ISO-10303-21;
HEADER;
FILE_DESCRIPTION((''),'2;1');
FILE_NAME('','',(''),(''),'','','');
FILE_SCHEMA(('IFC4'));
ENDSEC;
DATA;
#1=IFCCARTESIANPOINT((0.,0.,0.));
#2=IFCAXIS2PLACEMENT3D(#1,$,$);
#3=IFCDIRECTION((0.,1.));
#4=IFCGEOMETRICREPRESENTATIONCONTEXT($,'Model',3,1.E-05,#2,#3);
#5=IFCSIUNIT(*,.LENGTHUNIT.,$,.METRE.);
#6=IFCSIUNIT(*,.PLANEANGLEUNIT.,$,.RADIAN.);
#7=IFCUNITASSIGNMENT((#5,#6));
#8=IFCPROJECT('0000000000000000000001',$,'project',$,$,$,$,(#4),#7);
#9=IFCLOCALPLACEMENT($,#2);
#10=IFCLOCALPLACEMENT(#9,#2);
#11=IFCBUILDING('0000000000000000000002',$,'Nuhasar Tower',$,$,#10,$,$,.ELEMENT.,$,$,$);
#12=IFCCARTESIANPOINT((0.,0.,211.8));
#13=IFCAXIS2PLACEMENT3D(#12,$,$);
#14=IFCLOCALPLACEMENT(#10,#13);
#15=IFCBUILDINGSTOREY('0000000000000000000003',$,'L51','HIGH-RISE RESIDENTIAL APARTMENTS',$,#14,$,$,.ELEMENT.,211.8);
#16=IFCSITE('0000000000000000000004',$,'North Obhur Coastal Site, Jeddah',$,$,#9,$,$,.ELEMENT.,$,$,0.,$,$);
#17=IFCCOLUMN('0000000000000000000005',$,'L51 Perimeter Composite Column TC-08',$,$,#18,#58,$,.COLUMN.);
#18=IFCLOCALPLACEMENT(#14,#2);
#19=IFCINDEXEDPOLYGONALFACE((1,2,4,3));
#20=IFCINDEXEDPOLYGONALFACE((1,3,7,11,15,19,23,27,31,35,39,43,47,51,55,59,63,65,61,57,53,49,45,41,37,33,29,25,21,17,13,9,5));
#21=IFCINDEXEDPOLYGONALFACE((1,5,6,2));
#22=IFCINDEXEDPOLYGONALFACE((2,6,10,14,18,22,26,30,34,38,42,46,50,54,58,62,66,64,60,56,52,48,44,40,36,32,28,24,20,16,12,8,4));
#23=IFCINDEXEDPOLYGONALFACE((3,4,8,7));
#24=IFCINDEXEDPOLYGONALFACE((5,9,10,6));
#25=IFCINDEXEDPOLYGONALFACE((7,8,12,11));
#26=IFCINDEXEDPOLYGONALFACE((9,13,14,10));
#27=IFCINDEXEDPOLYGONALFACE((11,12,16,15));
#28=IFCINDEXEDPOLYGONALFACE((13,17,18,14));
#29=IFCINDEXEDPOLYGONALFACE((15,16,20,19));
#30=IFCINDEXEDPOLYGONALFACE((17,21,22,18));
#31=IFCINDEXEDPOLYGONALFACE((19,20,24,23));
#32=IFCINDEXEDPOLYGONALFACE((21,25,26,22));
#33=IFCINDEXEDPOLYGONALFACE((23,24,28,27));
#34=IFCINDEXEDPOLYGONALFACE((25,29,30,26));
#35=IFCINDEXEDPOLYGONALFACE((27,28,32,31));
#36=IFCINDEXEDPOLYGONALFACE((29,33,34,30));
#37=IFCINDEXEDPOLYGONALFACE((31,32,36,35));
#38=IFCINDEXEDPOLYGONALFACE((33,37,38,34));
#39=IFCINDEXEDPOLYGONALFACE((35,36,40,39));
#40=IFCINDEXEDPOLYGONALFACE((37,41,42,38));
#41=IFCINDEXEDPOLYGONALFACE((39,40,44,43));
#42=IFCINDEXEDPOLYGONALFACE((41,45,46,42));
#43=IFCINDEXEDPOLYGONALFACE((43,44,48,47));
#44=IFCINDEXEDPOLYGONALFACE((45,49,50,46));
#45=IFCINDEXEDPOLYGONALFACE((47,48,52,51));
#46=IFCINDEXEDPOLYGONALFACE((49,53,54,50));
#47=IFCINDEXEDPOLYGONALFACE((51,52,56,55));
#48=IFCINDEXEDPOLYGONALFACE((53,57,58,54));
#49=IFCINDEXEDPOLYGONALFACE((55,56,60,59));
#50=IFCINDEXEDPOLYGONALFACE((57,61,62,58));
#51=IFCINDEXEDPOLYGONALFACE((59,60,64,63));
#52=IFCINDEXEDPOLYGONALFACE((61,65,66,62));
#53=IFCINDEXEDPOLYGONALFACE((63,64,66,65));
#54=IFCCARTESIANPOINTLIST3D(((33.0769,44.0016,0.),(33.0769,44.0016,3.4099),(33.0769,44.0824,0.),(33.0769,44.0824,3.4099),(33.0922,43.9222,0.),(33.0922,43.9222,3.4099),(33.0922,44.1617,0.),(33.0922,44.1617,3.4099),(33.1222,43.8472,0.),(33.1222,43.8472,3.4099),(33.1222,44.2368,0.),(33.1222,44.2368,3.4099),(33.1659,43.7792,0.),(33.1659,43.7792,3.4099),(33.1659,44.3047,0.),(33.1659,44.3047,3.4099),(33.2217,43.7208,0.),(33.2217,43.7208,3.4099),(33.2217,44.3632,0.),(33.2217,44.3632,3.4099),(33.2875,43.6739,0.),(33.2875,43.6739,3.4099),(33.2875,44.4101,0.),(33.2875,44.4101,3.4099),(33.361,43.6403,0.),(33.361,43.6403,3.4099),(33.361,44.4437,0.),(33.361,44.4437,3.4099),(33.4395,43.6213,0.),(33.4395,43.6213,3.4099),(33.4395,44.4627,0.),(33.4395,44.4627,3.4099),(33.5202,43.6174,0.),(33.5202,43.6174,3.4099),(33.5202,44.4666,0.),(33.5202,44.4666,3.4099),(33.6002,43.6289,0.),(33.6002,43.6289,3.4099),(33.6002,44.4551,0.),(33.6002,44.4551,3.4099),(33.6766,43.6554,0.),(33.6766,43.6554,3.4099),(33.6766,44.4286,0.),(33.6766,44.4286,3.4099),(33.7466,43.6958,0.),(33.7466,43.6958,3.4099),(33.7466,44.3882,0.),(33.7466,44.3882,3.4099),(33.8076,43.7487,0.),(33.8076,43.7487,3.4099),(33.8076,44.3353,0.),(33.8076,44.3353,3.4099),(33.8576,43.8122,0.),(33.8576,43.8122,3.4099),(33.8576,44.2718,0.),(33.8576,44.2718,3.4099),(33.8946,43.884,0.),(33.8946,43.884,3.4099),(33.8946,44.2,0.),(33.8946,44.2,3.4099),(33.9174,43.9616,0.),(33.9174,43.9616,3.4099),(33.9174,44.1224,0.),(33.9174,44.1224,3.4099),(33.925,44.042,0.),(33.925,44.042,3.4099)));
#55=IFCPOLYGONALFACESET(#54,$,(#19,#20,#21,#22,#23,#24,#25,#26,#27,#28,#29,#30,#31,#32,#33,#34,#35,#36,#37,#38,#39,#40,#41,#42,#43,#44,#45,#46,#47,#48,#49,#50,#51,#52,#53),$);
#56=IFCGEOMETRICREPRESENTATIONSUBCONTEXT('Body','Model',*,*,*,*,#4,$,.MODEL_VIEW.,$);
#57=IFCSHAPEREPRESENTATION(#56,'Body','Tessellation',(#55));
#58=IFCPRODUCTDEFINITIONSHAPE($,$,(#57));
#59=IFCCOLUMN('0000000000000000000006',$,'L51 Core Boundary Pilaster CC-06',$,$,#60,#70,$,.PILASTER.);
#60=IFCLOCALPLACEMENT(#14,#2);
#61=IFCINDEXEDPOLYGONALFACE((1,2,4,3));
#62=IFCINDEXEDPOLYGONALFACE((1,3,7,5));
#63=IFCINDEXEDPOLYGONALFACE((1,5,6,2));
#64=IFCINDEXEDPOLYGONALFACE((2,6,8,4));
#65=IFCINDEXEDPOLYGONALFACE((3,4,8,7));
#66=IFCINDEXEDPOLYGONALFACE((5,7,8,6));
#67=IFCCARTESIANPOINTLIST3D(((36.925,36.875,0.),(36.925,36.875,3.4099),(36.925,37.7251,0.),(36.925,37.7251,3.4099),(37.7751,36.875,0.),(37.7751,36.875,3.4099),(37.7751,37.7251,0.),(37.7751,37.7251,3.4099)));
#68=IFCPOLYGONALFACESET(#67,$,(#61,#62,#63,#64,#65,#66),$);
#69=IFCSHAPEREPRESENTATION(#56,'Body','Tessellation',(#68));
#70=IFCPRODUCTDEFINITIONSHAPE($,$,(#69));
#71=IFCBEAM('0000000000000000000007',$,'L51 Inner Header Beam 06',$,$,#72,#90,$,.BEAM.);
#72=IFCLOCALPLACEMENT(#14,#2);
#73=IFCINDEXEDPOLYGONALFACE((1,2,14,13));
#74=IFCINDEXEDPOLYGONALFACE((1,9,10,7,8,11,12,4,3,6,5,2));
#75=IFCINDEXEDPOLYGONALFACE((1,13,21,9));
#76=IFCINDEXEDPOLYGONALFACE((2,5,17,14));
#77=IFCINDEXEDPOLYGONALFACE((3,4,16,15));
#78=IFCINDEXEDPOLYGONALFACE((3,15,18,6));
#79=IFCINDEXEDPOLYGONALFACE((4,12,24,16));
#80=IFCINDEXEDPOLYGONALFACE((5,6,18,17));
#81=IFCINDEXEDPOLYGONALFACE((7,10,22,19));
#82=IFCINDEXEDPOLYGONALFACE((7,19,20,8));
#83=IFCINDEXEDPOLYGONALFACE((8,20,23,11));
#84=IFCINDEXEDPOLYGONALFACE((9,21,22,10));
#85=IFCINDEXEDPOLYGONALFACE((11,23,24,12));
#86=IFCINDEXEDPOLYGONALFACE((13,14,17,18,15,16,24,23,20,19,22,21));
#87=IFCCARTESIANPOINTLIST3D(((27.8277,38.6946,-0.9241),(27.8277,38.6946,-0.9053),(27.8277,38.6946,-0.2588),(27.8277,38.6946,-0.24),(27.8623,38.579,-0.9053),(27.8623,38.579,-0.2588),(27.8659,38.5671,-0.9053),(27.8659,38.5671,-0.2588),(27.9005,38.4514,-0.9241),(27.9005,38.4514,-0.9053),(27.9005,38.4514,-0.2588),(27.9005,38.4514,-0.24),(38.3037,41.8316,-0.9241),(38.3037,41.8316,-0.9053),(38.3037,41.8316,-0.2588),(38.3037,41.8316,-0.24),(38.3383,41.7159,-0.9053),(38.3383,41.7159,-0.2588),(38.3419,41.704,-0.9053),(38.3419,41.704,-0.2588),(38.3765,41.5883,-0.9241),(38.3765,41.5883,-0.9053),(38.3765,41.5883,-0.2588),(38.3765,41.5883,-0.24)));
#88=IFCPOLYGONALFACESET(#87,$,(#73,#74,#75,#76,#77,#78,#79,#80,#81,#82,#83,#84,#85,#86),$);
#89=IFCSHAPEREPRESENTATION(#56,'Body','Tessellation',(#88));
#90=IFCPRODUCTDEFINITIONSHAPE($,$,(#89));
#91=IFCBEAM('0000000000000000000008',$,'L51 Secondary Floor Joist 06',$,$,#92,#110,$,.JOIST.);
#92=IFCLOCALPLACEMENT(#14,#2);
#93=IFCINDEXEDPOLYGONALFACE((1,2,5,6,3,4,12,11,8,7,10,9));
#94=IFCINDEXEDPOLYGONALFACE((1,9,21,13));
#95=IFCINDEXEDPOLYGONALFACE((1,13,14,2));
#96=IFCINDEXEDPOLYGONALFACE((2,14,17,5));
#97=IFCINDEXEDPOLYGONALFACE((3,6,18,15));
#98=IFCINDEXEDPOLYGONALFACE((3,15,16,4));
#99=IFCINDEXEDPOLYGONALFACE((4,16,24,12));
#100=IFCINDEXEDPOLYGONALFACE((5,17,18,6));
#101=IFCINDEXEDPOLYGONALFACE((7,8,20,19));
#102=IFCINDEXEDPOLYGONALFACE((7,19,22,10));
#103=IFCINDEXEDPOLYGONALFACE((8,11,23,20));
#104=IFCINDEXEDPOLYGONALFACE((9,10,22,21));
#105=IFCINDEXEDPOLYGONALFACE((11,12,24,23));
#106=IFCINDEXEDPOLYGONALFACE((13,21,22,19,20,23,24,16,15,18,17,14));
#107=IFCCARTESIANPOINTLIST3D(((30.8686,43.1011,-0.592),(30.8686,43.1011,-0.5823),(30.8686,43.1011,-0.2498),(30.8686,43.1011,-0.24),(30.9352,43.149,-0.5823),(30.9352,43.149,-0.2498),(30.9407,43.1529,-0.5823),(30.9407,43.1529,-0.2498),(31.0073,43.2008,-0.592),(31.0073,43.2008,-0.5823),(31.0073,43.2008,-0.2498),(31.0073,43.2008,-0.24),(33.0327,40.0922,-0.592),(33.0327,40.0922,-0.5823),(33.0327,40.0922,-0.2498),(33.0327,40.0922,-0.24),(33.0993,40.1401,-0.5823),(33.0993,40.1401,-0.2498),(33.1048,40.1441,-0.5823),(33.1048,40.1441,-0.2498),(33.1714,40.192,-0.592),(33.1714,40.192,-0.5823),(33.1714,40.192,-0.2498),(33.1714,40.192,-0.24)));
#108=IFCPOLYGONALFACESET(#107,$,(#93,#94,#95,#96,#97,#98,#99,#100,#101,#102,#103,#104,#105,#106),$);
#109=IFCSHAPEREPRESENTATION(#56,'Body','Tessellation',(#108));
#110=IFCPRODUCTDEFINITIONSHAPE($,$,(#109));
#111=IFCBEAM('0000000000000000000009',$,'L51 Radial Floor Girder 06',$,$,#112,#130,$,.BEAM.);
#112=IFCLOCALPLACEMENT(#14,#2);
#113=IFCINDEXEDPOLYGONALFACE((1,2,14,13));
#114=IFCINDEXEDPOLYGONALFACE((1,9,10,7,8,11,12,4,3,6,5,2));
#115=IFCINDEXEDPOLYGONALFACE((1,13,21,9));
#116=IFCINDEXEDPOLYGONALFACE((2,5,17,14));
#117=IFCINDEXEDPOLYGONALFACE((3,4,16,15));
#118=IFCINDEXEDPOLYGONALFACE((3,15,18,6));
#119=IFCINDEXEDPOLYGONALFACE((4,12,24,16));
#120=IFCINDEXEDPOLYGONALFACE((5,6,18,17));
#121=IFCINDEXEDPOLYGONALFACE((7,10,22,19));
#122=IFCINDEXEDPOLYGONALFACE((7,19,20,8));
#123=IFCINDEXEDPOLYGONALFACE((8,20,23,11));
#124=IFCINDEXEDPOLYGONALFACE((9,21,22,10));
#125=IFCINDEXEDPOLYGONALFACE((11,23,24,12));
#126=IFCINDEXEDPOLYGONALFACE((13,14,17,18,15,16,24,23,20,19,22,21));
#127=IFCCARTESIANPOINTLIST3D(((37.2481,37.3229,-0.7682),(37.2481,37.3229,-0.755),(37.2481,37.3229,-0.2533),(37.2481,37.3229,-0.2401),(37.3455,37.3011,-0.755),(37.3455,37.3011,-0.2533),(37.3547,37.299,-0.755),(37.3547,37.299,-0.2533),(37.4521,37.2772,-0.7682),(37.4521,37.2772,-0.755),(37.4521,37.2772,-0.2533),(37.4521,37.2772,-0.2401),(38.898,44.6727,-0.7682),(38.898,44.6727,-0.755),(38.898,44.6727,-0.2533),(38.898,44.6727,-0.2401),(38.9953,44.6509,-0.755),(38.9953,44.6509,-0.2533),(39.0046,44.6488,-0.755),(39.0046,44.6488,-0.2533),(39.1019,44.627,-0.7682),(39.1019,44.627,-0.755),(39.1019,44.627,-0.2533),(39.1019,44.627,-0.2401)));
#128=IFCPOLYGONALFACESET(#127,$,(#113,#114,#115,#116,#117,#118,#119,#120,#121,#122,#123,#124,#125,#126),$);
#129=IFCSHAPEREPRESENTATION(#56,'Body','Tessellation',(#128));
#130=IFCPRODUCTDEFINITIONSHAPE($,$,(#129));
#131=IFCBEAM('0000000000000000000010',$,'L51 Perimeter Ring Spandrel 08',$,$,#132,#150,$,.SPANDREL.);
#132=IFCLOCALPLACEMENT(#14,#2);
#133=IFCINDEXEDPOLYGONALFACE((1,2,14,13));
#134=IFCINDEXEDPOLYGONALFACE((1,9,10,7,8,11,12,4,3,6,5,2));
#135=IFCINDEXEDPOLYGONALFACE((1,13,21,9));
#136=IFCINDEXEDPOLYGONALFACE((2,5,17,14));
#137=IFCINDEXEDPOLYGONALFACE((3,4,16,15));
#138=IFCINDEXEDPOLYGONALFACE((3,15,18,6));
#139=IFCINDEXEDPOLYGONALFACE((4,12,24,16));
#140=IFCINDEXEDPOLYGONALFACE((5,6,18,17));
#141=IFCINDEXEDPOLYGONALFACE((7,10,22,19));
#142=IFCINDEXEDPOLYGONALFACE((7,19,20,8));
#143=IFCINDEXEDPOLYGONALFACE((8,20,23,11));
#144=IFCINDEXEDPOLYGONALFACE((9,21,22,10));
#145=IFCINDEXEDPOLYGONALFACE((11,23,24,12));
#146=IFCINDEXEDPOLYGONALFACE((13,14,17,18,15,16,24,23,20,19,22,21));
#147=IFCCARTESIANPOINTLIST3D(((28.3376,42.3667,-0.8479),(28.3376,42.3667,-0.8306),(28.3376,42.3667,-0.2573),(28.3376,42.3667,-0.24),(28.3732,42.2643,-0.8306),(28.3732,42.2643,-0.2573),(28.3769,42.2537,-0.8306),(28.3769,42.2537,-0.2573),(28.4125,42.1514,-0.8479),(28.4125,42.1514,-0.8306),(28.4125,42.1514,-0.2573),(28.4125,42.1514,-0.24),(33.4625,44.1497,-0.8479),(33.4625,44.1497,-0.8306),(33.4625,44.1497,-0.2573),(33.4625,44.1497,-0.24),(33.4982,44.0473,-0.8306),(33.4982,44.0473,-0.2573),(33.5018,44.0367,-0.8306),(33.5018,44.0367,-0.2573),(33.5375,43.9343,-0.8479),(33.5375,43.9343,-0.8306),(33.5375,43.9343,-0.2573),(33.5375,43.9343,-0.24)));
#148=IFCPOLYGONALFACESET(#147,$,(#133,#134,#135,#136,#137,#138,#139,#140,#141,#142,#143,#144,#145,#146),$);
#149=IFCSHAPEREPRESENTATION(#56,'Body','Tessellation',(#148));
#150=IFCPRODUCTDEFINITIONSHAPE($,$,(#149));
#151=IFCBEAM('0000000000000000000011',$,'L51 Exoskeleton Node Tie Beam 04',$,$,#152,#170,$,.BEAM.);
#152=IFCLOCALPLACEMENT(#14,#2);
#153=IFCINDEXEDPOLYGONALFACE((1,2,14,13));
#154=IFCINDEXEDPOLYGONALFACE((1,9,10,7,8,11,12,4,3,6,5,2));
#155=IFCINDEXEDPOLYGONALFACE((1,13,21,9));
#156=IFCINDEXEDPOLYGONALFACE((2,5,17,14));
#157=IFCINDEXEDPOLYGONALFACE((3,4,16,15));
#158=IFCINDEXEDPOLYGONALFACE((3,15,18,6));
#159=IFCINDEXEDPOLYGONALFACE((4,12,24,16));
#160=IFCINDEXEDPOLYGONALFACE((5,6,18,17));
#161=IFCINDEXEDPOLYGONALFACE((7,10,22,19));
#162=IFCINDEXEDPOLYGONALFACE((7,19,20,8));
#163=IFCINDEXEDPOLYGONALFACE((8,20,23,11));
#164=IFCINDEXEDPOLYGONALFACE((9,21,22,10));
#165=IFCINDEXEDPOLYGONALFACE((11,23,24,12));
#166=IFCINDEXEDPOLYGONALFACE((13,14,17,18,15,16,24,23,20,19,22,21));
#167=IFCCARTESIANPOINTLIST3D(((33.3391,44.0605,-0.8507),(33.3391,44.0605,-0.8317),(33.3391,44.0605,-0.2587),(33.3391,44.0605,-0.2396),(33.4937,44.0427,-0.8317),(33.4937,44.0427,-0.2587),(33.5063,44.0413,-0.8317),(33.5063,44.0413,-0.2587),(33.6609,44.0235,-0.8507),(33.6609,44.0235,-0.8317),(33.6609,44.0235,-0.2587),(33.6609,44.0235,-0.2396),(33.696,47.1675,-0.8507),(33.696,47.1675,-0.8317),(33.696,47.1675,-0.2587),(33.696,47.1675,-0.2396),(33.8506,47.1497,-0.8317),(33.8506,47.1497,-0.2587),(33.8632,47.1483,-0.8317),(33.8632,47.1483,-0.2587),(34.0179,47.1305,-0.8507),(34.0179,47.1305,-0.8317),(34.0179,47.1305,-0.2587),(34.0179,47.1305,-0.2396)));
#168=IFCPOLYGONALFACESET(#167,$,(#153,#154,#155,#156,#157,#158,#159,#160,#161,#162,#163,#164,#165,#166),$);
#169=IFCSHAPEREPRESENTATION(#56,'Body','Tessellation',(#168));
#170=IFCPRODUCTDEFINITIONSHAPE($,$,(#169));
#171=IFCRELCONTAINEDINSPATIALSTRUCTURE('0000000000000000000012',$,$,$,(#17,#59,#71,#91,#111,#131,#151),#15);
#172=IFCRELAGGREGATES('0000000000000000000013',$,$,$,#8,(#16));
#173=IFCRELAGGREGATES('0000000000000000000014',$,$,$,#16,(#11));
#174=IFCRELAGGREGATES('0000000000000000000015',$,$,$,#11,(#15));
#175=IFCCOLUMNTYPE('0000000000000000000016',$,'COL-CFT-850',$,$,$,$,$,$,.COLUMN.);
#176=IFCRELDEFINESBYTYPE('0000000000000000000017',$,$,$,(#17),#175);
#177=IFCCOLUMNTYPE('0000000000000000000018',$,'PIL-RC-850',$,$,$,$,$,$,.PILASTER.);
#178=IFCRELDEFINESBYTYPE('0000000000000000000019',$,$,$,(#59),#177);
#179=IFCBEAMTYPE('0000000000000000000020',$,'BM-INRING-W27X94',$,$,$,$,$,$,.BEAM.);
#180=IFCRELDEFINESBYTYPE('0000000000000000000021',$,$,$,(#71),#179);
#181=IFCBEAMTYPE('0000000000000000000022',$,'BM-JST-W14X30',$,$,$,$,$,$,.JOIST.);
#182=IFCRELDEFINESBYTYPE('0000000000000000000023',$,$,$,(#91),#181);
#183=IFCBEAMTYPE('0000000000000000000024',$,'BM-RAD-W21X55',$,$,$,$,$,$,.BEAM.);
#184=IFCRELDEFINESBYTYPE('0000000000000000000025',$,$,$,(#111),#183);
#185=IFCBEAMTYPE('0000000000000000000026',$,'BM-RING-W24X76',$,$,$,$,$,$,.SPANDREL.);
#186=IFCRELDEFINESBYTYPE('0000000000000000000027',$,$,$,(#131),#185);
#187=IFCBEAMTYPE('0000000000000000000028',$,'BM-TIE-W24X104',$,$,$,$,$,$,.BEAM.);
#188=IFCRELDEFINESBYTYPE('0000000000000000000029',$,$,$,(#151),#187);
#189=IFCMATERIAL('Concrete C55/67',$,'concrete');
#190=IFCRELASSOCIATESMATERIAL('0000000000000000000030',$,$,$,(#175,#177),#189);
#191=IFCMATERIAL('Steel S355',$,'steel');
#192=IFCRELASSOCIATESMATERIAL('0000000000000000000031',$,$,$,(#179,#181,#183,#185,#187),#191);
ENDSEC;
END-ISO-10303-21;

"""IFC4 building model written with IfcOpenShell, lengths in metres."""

from ifc_helpers import new_model, si_unit, direction, frame, origin, origin_2d, place, context, subcontext, project, spatial, rectangle, circle, i_section, extrude, material, material_profile, profile_set, type_object, element, save


model = new_model("IFC4")

# Units and contexts
model_context = context("Model", 3, precision=1e-05, world=origin(), true_north=direction((0.0, 1.0)))
body_context = subcontext(model_context, "Body", "Model", "MODEL_VIEW")
ifc_project = project(units=[si_unit("LENGTHUNIT", "METRE"), si_unit("PLANEANGLEUNIT", "RADIAN")], contexts=[model_context])

# Site, building, storey
site_placement = place(None, origin())
site = spatial("IfcSite", under=ifc_project, at=site_placement, Name="North Obhur Coastal Site, Jeddah", CompositionType="ELEMENT", RefElevation=0.0)
building_placement = place(site_placement, origin())
building = spatial("IfcBuilding", under=site, at=building_placement, Name="Nuhasar Tower", CompositionType="ELEMENT")
storey_placement = place(building_placement, frame((0.0, 0.0, 211.8)))
storey = spatial("IfcBuildingStorey", under=building, at=storey_placement, Name="L51", Description="HIGH-RISE RESIDENTIAL APARTMENTS", CompositionType="ELEMENT", Elevation=211.8)

# Columns
ifc_material_1 = material(Name="Concrete C55/67", Category="concrete")
ifc_material_profile_1 = material_profile(ifc_material_1, circle(Radius=0.425, at=origin_2d()), Name="CFT850")
ifc_profile_set_1 = profile_set([ifc_material_profile_1], Name="Concrete C55/67")
column_type_1 = type_object("IfcColumnType", Name="COL-CFT-850", PredefinedType="COLUMN", material=ifc_profile_set_1)
column_1_placement = place(storey_placement, frame((33.5, 44.042, 0.0), z_axis=(0.0, 0.0, 1.0), x_axis=(1.0, 0.0, 0.0)))
element("IfcColumn", 1, at=column_1_placement, inside=storey, type_object=column_type_1, Name="L51 Perimeter Composite Column TC-08", PredefinedType="COLUMN", context=body_context, shape_type="SweptSolid", body=[
    extrude(circle(Radius=0.425, at=origin_2d()), origin(), (0.0, 0.0, 1.0), 3.4099),
])
ifc_material_profile_2 = material_profile(ifc_material_1, rectangle(XDim=0.8501, YDim=0.8501, at=origin_2d()), Name="RC850X850")
ifc_profile_set_2 = profile_set([ifc_material_profile_2], Name="Concrete C55/67")
column_type_2 = type_object("IfcColumnType", Name="PIL-RC-850", PredefinedType="PILASTER", material=ifc_profile_set_2)
column_2_placement = place(storey_placement, frame((37.3501, 37.3, 0.0), z_axis=(0.0, 0.0, 1.0), x_axis=(1.0, 0.0, 0.0)))
element("IfcColumn", 2, at=column_2_placement, inside=storey, type_object=column_type_2, Name="L51 Core Boundary Pilaster CC-06", PredefinedType="PILASTER", context=body_context, shape_type="SweptSolid", body=[
    extrude(rectangle(XDim=0.8501, YDim=0.8501, at=origin_2d()), origin(), (0.0, 0.0, 1.0), 3.4099),
])

# Beams
ifc_material_2 = material(Name="Steel S355", Category="steel")
ifc_material_profile_3 = material_profile(ifc_material_2, i_section(OverallWidth=0.2539, OverallDepth=0.6841, WebThickness=0.0125, FlangeThickness=0.0188, at=origin_2d()), Name="W27X94")
ifc_profile_set_3 = profile_set([ifc_material_profile_3], Name="Steel S355")
beam_type_1 = type_object("IfcBeamType", Name="BM-INRING-W27X94", PredefinedType="BEAM", material=ifc_profile_set_3)
beam_1_placement = place(storey_placement, frame((38.3401, 41.71, -0.582), z_axis=(-0.957974, -0.286856, 0.0), x_axis=(0.286856, -0.957974, 0.0)))
element("IfcBeam", 3, at=beam_1_placement, inside=storey, type_object=beam_type_1, Name="L51 Inner Header Beam 06", PredefinedType="BEAM", context=body_context, shape_type="SweptSolid", body=[
    extrude(i_section(OverallWidth=0.2539, OverallDepth=0.6841, WebThickness=0.0125, FlangeThickness=0.0188, at=origin_2d()), origin(), (0.0, 0.0, 1.0), 10.9355),
])
ifc_material_profile_4 = material_profile(ifc_material_2, i_section(OverallWidth=0.1709, OverallDepth=0.3521, WebThickness=0.0068, FlangeThickness=0.0098, at=origin_2d()), Name="W14X30")
ifc_profile_set_4 = profile_set([ifc_material_profile_4], Name="Steel S355")
beam_type_2 = type_object("IfcBeamType", Name="BM-JST-W14X30", PredefinedType="JOIST", material=ifc_profile_set_4)
beam_2_placement = place(storey_placement, frame((33.1021, 40.1421, -0.416), z_axis=(-0.583902, 0.811824, 0.0), x_axis=(-0.811824, -0.583902, 0.0)))
element("IfcBeam", 4, at=beam_2_placement, inside=storey, type_object=beam_type_2, Name="L51 Secondary Floor Joist 06", PredefinedType="JOIST", context=body_context, shape_type="SweptSolid", body=[
    extrude(i_section(OverallWidth=0.1709, OverallDepth=0.3521, WebThickness=0.0068, FlangeThickness=0.0098, at=origin_2d()), origin(), (0.0, 0.0, 1.0), 3.7063),
])
ifc_material_profile_5 = material_profile(ifc_material_2, i_section(OverallWidth=0.209, OverallDepth=0.5281, WebThickness=0.0095, FlangeThickness=0.0132, at=origin_2d()), Name="W21X55")
ifc_profile_set_5 = profile_set([ifc_material_profile_5], Name="Steel S355")
beam_type_3 = type_object("IfcBeamType", Name="BM-RAD-W21X55", PredefinedType="BEAM", material=ifc_profile_set_5)
beam_3_placement = place(storey_placement, frame((37.3501, 37.3, -0.5042), z_axis=(0.21903, 0.975718, 0.0), x_axis=(-0.975718, 0.21903, 0.0)))
element("IfcBeam", 5, at=beam_3_placement, inside=storey, type_object=beam_type_3, Name="L51 Radial Floor Girder 06", PredefinedType="BEAM", context=body_context, shape_type="SweptSolid", body=[
    extrude(i_section(OverallWidth=0.209, OverallDepth=0.5281, WebThickness=0.0095, FlangeThickness=0.0132, at=origin_2d()), origin(), (0.0, 0.0, 1.0), 7.5327),
])
ifc_material_profile_6 = material_profile(ifc_material_2, i_section(OverallWidth=0.228, OverallDepth=0.6079, WebThickness=0.0112, FlangeThickness=0.0173, at=origin_2d()), Name="W24X76")
ifc_profile_set_6 = profile_set([ifc_material_profile_6], Name="Steel S355")
beam_type_4 = type_object("IfcBeamType", Name="BM-RING-W24X76", PredefinedType="SPANDREL", material=ifc_profile_set_6)
beam_4_placement = place(storey_placement, frame((33.5, 44.042, -0.5439), z_axis=(-0.944477, -0.328578, 0.0), x_axis=(0.328578, -0.944477, 0.0)))
element("IfcBeam", 6, at=beam_4_placement, inside=storey, type_object=beam_type_4, Name="L51 Perimeter Ring Spandrel 08", PredefinedType="SPANDREL", context=body_context, shape_type="SweptSolid", body=[
    extrude(i_section(OverallWidth=0.228, OverallDepth=0.6079, WebThickness=0.0112, FlangeThickness=0.0173, at=origin_2d()), origin(), (0.0, 0.0, 1.0), 5.4263),
])
ifc_material_profile_7 = material_profile(ifc_material_2, i_section(OverallWidth=0.324, OverallDepth=0.6111, WebThickness=0.0127, FlangeThickness=0.019, at=origin_2d()), Name="W24X104")
ifc_profile_set_7 = profile_set([ifc_material_profile_7], Name="Steel S355")
beam_type_5 = type_object("IfcBeamType", Name="BM-TIE-W24X104", PredefinedType="BEAM", material=ifc_profile_set_7)
beam_5_placement = place(storey_placement, frame((33.5, 44.042, -0.5452), z_axis=(0.114132, 0.993466, 0.0), x_axis=(-0.993466, 0.114132, 0.0)))
element("IfcBeam", 7, at=beam_5_placement, inside=storey, type_object=beam_type_5, Name="L51 Exoskeleton Node Tie Beam 04", PredefinedType="BEAM", context=body_context, shape_type="SweptSolid", body=[
    extrude(i_section(OverallWidth=0.324, OverallDepth=0.6111, WebThickness=0.0127, FlangeThickness=0.019, at=origin_2d()), origin(), (0.0, 0.0, 1.0), 3.1274),
])

save(model, "model.ifc")
